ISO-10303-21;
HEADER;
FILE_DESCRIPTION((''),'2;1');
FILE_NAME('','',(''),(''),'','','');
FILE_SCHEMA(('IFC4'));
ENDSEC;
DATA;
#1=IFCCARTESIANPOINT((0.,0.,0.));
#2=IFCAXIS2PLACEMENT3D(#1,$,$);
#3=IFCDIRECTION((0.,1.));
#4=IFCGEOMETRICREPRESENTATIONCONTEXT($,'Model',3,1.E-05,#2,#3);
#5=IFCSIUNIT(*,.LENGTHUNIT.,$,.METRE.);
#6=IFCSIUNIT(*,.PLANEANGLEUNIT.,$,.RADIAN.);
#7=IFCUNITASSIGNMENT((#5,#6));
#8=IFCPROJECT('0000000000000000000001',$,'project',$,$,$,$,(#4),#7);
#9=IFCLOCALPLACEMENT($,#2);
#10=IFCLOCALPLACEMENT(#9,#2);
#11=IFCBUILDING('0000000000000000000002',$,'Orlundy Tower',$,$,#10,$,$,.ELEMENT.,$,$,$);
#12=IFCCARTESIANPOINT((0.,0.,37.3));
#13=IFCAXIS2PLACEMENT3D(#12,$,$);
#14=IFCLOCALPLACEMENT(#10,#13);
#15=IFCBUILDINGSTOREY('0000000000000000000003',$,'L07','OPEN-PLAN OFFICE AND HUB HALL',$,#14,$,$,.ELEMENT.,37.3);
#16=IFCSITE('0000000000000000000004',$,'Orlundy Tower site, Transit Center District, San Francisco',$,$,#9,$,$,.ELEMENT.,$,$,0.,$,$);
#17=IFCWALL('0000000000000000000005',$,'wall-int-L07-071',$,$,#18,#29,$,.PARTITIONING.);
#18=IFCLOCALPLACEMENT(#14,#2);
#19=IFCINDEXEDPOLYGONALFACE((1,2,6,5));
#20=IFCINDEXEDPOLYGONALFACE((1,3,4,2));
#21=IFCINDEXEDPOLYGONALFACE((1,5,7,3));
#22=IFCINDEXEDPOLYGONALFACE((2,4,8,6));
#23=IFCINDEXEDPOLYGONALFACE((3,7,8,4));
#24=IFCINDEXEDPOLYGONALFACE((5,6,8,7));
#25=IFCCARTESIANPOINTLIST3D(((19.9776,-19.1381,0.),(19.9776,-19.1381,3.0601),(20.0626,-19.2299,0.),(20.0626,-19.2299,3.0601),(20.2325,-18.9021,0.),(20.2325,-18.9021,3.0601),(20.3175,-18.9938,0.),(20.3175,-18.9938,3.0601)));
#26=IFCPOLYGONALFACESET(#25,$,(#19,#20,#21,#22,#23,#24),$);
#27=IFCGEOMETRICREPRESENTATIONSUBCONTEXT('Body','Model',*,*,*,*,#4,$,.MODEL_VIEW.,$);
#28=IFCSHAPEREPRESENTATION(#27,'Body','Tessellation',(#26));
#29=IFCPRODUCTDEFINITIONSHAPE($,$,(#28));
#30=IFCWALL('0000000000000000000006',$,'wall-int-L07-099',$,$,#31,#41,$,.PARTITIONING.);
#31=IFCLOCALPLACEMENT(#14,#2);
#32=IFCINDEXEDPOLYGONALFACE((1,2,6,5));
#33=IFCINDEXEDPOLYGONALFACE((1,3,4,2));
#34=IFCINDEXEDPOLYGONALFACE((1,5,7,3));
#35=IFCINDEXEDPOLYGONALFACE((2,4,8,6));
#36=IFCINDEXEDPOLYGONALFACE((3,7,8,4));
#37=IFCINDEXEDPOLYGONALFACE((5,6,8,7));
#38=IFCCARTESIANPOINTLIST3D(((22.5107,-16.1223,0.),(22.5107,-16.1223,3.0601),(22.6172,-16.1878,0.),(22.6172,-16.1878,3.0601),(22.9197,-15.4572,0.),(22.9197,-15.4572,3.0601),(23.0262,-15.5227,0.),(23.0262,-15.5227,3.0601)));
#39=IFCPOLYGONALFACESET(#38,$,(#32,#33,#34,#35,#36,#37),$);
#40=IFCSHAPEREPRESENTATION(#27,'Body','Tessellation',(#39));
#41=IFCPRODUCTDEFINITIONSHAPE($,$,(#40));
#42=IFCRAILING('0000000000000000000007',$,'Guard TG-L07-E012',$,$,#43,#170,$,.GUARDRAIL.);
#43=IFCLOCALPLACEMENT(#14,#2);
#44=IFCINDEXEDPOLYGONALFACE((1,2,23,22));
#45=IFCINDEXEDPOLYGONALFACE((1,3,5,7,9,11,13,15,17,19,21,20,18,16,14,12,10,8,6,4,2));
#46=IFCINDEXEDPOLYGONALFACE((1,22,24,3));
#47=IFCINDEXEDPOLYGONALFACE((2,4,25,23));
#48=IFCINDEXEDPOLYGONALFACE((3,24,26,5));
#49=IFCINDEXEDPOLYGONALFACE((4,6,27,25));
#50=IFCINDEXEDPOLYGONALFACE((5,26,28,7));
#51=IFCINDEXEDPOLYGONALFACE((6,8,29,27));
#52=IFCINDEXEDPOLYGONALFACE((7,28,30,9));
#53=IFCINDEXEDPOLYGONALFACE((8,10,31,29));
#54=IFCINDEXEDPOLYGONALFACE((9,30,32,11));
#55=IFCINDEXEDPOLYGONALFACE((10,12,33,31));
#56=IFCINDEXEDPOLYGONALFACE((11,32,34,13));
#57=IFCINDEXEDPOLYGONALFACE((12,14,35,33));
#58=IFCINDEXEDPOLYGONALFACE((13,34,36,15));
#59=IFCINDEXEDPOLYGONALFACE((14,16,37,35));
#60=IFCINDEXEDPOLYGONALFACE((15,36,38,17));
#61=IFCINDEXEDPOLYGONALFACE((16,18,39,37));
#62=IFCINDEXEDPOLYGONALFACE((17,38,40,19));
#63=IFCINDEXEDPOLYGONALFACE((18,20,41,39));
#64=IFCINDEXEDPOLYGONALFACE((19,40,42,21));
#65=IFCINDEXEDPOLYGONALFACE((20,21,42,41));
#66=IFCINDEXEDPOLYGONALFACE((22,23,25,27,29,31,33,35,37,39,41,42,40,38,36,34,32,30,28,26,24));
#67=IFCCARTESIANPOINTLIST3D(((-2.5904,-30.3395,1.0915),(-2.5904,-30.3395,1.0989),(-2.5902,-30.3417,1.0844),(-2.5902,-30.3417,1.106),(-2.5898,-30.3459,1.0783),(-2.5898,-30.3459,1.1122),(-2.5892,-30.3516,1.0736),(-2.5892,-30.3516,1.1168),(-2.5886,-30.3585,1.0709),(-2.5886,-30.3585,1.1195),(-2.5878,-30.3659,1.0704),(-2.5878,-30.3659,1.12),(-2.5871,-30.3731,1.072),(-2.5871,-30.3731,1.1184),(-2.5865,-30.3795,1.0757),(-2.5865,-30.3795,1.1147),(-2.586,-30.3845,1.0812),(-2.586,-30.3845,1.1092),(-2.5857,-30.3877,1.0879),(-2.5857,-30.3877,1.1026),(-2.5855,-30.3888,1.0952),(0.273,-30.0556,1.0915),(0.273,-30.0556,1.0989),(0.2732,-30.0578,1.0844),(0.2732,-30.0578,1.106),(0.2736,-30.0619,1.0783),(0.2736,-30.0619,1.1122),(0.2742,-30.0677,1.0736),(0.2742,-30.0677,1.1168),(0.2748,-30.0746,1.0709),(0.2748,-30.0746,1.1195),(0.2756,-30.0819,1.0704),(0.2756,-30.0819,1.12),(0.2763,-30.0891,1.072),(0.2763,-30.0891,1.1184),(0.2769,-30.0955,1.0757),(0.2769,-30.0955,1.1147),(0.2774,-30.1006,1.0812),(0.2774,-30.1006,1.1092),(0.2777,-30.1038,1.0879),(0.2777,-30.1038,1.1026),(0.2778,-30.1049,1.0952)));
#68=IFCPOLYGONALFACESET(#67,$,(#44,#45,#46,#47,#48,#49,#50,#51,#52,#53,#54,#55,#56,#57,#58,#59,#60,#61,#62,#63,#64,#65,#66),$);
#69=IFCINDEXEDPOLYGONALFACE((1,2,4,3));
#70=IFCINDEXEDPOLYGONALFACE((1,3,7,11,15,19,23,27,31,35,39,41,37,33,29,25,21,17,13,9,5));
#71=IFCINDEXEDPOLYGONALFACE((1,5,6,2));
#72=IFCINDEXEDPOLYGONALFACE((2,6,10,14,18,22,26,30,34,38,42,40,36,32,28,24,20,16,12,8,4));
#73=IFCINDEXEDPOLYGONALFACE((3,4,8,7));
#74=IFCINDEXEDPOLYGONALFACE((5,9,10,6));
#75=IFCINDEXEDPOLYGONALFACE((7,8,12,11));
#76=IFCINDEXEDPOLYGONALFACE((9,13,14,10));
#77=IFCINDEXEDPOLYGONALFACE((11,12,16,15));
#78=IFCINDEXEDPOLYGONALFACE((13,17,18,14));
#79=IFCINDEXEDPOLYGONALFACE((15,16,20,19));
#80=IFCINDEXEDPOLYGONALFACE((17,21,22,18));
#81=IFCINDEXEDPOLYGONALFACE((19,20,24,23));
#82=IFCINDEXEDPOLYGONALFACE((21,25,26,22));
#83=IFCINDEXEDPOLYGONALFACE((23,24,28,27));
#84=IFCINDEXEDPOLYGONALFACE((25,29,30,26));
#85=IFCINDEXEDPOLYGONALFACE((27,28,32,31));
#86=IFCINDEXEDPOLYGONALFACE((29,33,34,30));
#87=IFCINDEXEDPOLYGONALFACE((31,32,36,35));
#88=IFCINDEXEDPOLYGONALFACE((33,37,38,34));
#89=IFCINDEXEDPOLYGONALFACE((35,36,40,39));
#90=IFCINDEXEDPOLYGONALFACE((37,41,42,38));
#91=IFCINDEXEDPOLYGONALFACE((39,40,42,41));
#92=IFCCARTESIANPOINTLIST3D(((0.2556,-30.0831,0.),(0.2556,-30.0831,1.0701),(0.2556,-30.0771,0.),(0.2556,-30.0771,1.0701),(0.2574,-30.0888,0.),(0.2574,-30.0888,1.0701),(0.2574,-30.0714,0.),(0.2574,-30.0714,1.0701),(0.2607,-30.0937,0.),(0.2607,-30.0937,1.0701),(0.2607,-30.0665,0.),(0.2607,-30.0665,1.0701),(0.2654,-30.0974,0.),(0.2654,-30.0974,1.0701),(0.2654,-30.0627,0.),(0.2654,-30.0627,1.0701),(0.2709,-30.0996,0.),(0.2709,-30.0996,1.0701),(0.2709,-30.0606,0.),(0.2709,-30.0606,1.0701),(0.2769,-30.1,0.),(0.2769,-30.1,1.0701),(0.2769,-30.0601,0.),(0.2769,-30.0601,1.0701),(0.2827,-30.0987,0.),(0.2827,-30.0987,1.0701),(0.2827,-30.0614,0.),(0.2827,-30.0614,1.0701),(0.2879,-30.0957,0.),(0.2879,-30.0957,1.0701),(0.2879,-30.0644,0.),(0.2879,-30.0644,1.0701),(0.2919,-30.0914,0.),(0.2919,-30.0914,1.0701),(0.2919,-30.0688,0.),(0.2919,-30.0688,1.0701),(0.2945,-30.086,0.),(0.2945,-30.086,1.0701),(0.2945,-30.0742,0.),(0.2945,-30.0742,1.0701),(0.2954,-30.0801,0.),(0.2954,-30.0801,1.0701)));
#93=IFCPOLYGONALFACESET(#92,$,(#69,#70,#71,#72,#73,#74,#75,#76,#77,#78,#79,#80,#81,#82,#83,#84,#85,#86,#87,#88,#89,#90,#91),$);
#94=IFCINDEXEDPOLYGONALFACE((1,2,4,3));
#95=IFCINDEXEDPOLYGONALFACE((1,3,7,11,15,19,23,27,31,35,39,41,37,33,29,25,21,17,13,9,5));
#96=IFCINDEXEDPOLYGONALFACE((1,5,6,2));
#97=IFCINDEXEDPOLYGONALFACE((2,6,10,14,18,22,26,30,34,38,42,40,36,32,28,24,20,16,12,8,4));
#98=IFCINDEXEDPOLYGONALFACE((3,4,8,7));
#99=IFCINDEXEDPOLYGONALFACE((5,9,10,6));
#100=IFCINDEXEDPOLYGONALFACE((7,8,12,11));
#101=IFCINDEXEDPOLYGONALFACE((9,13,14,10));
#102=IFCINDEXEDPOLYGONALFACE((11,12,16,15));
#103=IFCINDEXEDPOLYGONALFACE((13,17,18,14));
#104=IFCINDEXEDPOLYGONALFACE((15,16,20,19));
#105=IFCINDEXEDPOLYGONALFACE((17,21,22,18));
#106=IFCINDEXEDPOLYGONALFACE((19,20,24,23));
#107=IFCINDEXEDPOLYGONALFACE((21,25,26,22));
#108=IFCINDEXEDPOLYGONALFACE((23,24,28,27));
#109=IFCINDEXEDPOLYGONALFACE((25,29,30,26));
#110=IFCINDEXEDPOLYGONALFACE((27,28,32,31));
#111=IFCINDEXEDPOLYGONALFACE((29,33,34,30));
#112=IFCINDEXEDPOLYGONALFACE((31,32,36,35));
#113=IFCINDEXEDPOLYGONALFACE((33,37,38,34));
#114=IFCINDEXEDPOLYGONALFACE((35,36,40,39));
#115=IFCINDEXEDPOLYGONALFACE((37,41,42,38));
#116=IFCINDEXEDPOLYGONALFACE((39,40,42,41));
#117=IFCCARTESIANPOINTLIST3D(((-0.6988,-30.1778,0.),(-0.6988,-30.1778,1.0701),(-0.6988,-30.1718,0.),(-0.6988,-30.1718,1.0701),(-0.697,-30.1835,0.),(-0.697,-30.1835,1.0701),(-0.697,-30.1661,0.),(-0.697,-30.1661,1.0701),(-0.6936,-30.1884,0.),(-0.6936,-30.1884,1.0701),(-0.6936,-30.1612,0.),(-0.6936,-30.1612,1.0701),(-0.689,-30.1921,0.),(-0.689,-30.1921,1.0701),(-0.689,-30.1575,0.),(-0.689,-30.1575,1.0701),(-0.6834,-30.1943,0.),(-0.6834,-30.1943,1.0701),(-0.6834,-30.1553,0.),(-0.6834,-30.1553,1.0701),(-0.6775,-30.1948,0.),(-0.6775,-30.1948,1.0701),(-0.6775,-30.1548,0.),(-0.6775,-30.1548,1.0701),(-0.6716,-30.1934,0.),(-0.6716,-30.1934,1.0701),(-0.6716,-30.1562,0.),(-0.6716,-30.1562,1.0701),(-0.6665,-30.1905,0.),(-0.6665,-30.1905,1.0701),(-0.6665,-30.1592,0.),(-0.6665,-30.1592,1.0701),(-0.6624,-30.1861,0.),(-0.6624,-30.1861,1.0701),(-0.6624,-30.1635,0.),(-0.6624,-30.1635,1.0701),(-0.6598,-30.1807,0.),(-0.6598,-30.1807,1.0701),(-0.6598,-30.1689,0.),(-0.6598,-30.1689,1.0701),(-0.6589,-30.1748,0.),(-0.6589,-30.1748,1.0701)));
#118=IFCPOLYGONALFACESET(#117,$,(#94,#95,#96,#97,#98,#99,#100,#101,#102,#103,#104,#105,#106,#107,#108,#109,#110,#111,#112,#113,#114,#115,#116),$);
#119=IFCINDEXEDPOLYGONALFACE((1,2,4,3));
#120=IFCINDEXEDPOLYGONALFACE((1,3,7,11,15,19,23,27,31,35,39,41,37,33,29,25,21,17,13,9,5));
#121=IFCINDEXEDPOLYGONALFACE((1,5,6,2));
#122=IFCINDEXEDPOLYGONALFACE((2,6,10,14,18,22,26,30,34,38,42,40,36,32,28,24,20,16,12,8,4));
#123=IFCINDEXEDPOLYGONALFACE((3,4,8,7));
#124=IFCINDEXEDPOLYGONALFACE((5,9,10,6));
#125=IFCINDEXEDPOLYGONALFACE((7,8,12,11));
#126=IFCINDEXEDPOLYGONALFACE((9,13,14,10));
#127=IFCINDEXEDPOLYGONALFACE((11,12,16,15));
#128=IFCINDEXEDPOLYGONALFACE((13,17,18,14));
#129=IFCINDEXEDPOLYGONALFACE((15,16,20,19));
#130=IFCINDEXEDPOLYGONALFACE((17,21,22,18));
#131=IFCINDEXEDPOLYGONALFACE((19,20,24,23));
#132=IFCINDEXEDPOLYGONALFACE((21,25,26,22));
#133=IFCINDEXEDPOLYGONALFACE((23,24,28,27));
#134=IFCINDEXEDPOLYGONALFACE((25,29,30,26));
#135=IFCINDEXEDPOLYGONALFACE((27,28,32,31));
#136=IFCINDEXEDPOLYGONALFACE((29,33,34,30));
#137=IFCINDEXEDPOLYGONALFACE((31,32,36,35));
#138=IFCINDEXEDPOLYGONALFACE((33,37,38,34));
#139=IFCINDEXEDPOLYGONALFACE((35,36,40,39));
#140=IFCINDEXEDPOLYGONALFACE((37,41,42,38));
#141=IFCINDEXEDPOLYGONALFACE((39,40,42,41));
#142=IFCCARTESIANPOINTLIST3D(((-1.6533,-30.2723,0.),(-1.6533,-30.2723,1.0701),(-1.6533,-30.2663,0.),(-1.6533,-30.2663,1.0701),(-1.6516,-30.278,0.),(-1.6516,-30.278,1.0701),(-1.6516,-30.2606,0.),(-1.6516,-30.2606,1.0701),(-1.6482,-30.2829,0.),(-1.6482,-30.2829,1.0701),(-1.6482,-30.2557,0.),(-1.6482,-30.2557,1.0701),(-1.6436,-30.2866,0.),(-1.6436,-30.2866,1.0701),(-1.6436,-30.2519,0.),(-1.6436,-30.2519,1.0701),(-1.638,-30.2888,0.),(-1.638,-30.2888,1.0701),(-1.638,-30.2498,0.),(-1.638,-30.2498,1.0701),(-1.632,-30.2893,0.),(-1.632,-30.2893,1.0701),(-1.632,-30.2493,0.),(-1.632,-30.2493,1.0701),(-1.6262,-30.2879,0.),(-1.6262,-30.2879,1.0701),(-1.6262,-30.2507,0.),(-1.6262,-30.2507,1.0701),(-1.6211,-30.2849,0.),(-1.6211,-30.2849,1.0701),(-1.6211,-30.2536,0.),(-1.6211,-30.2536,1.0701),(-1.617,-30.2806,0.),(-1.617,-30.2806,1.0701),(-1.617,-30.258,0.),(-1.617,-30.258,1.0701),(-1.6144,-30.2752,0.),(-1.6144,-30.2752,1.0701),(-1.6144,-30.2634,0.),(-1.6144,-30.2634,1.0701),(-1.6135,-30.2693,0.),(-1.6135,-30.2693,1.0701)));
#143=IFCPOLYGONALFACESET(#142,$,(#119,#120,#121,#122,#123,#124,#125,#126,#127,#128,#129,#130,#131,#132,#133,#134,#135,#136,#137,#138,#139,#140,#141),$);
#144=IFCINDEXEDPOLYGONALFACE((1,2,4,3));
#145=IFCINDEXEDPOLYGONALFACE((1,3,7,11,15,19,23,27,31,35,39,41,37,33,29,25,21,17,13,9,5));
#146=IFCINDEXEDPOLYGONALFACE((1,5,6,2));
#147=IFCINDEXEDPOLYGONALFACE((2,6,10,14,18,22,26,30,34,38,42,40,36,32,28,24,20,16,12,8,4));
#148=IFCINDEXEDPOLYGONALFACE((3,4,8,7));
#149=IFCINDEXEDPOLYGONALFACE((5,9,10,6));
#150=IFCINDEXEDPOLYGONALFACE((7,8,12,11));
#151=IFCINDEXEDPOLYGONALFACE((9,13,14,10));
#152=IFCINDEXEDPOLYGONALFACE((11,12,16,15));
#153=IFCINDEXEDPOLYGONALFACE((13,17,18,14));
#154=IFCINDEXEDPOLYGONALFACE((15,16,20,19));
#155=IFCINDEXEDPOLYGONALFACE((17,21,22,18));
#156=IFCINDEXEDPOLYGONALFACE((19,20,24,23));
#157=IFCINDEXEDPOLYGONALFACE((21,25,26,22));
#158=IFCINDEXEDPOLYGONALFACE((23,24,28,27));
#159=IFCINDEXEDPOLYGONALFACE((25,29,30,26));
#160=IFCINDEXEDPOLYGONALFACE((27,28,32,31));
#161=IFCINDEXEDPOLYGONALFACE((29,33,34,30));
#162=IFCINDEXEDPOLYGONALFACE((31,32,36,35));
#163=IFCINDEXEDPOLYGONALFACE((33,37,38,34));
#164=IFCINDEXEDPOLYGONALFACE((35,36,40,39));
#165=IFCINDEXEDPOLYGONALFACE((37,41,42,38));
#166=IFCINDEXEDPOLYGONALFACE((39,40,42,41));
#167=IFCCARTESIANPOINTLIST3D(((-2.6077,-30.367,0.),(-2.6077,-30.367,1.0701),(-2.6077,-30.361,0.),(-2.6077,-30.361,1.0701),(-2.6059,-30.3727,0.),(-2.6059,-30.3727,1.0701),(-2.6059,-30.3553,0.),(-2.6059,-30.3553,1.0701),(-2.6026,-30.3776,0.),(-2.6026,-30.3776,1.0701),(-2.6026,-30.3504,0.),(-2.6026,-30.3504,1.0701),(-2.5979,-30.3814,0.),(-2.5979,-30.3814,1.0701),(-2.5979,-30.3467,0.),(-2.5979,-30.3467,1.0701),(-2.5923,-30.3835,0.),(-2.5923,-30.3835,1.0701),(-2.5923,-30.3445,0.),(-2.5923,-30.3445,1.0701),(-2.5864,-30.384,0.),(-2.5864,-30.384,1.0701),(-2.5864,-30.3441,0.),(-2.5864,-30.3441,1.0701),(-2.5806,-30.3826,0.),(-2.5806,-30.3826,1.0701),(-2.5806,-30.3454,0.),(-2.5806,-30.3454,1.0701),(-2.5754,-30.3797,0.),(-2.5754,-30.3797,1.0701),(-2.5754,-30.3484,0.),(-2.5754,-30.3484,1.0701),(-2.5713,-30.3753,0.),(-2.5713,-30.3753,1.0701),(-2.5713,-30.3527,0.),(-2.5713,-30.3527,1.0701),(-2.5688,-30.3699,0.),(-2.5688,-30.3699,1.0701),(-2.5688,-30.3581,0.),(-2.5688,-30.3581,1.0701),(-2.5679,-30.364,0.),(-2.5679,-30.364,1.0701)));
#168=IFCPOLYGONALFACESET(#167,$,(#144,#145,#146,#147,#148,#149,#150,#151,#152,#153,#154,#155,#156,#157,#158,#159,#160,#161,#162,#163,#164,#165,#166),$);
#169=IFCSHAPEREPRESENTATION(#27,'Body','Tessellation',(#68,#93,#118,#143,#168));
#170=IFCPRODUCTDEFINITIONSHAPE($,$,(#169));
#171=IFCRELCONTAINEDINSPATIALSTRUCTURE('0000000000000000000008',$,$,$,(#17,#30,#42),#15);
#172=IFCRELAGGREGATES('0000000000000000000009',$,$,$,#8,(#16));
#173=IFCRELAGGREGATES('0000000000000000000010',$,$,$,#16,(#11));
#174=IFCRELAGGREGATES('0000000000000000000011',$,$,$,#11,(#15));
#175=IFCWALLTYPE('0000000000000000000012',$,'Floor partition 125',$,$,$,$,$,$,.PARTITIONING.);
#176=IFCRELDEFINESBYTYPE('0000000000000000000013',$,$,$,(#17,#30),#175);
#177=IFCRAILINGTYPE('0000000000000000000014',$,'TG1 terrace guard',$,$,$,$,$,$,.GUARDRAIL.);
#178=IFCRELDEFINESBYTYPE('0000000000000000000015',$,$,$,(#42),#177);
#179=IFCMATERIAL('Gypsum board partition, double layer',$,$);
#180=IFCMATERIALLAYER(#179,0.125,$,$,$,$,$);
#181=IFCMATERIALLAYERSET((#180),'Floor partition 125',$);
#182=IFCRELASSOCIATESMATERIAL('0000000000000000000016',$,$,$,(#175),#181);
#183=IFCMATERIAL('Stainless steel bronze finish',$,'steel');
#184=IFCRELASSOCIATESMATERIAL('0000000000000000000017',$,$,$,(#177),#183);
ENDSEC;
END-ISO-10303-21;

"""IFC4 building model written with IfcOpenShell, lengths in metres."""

from ifc_helpers import new_model, si_unit, direction, frame, frame_2d, origin, origin_2d, place, context, subcontext, project, spatial, rectangle, circle, extrude, material, layer, layer_set, type_object, element, save


model = new_model("IFC4")

# Units and contexts
model_context = context("Model", 3, precision=1e-05, world=origin(), true_north=direction((0.0, 1.0)))
body_context = subcontext(model_context, "Body", "Model", "MODEL_VIEW")
ifc_project = project(units=[si_unit("LENGTHUNIT", "METRE"), si_unit("PLANEANGLEUNIT", "RADIAN")], contexts=[model_context])

# Site, building, storey
site_placement = place(None, origin())
site = spatial("IfcSite", under=ifc_project, at=site_placement, Name="Orlundy Tower site, Transit Center District, San Francisco", CompositionType="ELEMENT", RefElevation=0.0)
building_placement = place(site_placement, origin())
building = spatial("IfcBuilding", under=site, at=building_placement, Name="Orlundy Tower", CompositionType="ELEMENT")
storey_placement = place(building_placement, frame((0.0, 0.0, 37.3)))
storey = spatial("IfcBuildingStorey", under=building, at=storey_placement, Name="L07", Description="OPEN-PLAN OFFICE AND HUB HALL", CompositionType="ELEMENT", Elevation=37.3)

# Shared definitions
ifc_material_1 = material(Name="Gypsum board partition, double layer")
ifc_layer_1 = layer(ifc_material_1, 0.125)
ifc_layer_set_1 = layer_set([ifc_layer_1], Name="Floor partition 125")
wall_type_1 = type_object("IfcWallType", Name="Floor partition 125", PredefinedType="PARTITIONING", material=ifc_layer_set_1)

# Walls
wall_1_placement = place(storey_placement, frame((20.02, -19.1841, 0.0), z_axis=(0.0, 0.0, 1.0), x_axis=(0.733644, 0.679534, 0.0)))
element("IfcWall", 1, at=wall_1_placement, inside=storey, type_object=wall_type_1, Name="wall-int-L07-071", PredefinedType="PARTITIONING", context=body_context, shape_type="SweptSolid", body=[
    extrude(rectangle(XDim=0.3474, YDim=0.125, at=frame_2d((0.1738, 0.0))), origin(), (0.0, 0.0, 1.0), 3.0601),
])
wall_2_placement = place(storey_placement, frame((22.564, -16.155, 0.0), z_axis=(0.0, 0.0, 1.0), x_axis=(0.523801, 0.851841, 0.0)))
element("IfcWall", 2, at=wall_2_placement, inside=storey, type_object=wall_type_1, Name="wall-int-L07-099", PredefinedType="PARTITIONING", context=body_context, shape_type="SweptSolid", body=[
    extrude(rectangle(XDim=0.7808, YDim=0.125, at=frame_2d((0.3904, 0.0))), origin(), (0.0, 0.0, 1.0), 3.0601),
])

# Railing
ifc_material_2 = material(Name="Stainless steel bronze finish", Category="steel")
railing_type = type_object("IfcRailingType", Name="TG1 terrace guard", PredefinedType="GUARDRAIL", material=ifc_material_2)
railing_placement = place(storey_placement, frame((0.2754, -30.0801, 0.0)))
element("IfcRailing", 3, at=railing_placement, inside=storey, type_object=railing_type, Name="Guard TG-L07-E012", PredefinedType="GUARDRAIL", context=body_context, shape_type="SweptSolid", body=[
    extrude(circle(Radius=0.0249, at=origin_2d()), frame((0.0, 0.0, 1.0952), z_axis=(-0.995119, -0.09868, 0.0), x_axis=(0.09868, -0.995119, 0.0)), (0.0, 0.0, 1.0), 2.8774),
    extrude(circle(Radius=0.02, at=origin_2d()), origin(), (0.0, 0.0, 1.0), 1.0701),
    extrude(circle(Radius=0.02, at=origin_2d()), frame((-0.9543, -0.0947, 0.0)), (0.0, 0.0, 1.0), 1.0701),
    extrude(circle(Radius=0.02, at=origin_2d()), frame((-1.9089, -0.1892, 0.0)), (0.0, 0.0, 1.0), 1.0701),
    extrude(circle(Radius=0.02, at=origin_2d()), frame((-2.8633, -0.2839, 0.0)), (0.0, 0.0, 1.0), 1.0701),
])

save(model, "model.ifc")
